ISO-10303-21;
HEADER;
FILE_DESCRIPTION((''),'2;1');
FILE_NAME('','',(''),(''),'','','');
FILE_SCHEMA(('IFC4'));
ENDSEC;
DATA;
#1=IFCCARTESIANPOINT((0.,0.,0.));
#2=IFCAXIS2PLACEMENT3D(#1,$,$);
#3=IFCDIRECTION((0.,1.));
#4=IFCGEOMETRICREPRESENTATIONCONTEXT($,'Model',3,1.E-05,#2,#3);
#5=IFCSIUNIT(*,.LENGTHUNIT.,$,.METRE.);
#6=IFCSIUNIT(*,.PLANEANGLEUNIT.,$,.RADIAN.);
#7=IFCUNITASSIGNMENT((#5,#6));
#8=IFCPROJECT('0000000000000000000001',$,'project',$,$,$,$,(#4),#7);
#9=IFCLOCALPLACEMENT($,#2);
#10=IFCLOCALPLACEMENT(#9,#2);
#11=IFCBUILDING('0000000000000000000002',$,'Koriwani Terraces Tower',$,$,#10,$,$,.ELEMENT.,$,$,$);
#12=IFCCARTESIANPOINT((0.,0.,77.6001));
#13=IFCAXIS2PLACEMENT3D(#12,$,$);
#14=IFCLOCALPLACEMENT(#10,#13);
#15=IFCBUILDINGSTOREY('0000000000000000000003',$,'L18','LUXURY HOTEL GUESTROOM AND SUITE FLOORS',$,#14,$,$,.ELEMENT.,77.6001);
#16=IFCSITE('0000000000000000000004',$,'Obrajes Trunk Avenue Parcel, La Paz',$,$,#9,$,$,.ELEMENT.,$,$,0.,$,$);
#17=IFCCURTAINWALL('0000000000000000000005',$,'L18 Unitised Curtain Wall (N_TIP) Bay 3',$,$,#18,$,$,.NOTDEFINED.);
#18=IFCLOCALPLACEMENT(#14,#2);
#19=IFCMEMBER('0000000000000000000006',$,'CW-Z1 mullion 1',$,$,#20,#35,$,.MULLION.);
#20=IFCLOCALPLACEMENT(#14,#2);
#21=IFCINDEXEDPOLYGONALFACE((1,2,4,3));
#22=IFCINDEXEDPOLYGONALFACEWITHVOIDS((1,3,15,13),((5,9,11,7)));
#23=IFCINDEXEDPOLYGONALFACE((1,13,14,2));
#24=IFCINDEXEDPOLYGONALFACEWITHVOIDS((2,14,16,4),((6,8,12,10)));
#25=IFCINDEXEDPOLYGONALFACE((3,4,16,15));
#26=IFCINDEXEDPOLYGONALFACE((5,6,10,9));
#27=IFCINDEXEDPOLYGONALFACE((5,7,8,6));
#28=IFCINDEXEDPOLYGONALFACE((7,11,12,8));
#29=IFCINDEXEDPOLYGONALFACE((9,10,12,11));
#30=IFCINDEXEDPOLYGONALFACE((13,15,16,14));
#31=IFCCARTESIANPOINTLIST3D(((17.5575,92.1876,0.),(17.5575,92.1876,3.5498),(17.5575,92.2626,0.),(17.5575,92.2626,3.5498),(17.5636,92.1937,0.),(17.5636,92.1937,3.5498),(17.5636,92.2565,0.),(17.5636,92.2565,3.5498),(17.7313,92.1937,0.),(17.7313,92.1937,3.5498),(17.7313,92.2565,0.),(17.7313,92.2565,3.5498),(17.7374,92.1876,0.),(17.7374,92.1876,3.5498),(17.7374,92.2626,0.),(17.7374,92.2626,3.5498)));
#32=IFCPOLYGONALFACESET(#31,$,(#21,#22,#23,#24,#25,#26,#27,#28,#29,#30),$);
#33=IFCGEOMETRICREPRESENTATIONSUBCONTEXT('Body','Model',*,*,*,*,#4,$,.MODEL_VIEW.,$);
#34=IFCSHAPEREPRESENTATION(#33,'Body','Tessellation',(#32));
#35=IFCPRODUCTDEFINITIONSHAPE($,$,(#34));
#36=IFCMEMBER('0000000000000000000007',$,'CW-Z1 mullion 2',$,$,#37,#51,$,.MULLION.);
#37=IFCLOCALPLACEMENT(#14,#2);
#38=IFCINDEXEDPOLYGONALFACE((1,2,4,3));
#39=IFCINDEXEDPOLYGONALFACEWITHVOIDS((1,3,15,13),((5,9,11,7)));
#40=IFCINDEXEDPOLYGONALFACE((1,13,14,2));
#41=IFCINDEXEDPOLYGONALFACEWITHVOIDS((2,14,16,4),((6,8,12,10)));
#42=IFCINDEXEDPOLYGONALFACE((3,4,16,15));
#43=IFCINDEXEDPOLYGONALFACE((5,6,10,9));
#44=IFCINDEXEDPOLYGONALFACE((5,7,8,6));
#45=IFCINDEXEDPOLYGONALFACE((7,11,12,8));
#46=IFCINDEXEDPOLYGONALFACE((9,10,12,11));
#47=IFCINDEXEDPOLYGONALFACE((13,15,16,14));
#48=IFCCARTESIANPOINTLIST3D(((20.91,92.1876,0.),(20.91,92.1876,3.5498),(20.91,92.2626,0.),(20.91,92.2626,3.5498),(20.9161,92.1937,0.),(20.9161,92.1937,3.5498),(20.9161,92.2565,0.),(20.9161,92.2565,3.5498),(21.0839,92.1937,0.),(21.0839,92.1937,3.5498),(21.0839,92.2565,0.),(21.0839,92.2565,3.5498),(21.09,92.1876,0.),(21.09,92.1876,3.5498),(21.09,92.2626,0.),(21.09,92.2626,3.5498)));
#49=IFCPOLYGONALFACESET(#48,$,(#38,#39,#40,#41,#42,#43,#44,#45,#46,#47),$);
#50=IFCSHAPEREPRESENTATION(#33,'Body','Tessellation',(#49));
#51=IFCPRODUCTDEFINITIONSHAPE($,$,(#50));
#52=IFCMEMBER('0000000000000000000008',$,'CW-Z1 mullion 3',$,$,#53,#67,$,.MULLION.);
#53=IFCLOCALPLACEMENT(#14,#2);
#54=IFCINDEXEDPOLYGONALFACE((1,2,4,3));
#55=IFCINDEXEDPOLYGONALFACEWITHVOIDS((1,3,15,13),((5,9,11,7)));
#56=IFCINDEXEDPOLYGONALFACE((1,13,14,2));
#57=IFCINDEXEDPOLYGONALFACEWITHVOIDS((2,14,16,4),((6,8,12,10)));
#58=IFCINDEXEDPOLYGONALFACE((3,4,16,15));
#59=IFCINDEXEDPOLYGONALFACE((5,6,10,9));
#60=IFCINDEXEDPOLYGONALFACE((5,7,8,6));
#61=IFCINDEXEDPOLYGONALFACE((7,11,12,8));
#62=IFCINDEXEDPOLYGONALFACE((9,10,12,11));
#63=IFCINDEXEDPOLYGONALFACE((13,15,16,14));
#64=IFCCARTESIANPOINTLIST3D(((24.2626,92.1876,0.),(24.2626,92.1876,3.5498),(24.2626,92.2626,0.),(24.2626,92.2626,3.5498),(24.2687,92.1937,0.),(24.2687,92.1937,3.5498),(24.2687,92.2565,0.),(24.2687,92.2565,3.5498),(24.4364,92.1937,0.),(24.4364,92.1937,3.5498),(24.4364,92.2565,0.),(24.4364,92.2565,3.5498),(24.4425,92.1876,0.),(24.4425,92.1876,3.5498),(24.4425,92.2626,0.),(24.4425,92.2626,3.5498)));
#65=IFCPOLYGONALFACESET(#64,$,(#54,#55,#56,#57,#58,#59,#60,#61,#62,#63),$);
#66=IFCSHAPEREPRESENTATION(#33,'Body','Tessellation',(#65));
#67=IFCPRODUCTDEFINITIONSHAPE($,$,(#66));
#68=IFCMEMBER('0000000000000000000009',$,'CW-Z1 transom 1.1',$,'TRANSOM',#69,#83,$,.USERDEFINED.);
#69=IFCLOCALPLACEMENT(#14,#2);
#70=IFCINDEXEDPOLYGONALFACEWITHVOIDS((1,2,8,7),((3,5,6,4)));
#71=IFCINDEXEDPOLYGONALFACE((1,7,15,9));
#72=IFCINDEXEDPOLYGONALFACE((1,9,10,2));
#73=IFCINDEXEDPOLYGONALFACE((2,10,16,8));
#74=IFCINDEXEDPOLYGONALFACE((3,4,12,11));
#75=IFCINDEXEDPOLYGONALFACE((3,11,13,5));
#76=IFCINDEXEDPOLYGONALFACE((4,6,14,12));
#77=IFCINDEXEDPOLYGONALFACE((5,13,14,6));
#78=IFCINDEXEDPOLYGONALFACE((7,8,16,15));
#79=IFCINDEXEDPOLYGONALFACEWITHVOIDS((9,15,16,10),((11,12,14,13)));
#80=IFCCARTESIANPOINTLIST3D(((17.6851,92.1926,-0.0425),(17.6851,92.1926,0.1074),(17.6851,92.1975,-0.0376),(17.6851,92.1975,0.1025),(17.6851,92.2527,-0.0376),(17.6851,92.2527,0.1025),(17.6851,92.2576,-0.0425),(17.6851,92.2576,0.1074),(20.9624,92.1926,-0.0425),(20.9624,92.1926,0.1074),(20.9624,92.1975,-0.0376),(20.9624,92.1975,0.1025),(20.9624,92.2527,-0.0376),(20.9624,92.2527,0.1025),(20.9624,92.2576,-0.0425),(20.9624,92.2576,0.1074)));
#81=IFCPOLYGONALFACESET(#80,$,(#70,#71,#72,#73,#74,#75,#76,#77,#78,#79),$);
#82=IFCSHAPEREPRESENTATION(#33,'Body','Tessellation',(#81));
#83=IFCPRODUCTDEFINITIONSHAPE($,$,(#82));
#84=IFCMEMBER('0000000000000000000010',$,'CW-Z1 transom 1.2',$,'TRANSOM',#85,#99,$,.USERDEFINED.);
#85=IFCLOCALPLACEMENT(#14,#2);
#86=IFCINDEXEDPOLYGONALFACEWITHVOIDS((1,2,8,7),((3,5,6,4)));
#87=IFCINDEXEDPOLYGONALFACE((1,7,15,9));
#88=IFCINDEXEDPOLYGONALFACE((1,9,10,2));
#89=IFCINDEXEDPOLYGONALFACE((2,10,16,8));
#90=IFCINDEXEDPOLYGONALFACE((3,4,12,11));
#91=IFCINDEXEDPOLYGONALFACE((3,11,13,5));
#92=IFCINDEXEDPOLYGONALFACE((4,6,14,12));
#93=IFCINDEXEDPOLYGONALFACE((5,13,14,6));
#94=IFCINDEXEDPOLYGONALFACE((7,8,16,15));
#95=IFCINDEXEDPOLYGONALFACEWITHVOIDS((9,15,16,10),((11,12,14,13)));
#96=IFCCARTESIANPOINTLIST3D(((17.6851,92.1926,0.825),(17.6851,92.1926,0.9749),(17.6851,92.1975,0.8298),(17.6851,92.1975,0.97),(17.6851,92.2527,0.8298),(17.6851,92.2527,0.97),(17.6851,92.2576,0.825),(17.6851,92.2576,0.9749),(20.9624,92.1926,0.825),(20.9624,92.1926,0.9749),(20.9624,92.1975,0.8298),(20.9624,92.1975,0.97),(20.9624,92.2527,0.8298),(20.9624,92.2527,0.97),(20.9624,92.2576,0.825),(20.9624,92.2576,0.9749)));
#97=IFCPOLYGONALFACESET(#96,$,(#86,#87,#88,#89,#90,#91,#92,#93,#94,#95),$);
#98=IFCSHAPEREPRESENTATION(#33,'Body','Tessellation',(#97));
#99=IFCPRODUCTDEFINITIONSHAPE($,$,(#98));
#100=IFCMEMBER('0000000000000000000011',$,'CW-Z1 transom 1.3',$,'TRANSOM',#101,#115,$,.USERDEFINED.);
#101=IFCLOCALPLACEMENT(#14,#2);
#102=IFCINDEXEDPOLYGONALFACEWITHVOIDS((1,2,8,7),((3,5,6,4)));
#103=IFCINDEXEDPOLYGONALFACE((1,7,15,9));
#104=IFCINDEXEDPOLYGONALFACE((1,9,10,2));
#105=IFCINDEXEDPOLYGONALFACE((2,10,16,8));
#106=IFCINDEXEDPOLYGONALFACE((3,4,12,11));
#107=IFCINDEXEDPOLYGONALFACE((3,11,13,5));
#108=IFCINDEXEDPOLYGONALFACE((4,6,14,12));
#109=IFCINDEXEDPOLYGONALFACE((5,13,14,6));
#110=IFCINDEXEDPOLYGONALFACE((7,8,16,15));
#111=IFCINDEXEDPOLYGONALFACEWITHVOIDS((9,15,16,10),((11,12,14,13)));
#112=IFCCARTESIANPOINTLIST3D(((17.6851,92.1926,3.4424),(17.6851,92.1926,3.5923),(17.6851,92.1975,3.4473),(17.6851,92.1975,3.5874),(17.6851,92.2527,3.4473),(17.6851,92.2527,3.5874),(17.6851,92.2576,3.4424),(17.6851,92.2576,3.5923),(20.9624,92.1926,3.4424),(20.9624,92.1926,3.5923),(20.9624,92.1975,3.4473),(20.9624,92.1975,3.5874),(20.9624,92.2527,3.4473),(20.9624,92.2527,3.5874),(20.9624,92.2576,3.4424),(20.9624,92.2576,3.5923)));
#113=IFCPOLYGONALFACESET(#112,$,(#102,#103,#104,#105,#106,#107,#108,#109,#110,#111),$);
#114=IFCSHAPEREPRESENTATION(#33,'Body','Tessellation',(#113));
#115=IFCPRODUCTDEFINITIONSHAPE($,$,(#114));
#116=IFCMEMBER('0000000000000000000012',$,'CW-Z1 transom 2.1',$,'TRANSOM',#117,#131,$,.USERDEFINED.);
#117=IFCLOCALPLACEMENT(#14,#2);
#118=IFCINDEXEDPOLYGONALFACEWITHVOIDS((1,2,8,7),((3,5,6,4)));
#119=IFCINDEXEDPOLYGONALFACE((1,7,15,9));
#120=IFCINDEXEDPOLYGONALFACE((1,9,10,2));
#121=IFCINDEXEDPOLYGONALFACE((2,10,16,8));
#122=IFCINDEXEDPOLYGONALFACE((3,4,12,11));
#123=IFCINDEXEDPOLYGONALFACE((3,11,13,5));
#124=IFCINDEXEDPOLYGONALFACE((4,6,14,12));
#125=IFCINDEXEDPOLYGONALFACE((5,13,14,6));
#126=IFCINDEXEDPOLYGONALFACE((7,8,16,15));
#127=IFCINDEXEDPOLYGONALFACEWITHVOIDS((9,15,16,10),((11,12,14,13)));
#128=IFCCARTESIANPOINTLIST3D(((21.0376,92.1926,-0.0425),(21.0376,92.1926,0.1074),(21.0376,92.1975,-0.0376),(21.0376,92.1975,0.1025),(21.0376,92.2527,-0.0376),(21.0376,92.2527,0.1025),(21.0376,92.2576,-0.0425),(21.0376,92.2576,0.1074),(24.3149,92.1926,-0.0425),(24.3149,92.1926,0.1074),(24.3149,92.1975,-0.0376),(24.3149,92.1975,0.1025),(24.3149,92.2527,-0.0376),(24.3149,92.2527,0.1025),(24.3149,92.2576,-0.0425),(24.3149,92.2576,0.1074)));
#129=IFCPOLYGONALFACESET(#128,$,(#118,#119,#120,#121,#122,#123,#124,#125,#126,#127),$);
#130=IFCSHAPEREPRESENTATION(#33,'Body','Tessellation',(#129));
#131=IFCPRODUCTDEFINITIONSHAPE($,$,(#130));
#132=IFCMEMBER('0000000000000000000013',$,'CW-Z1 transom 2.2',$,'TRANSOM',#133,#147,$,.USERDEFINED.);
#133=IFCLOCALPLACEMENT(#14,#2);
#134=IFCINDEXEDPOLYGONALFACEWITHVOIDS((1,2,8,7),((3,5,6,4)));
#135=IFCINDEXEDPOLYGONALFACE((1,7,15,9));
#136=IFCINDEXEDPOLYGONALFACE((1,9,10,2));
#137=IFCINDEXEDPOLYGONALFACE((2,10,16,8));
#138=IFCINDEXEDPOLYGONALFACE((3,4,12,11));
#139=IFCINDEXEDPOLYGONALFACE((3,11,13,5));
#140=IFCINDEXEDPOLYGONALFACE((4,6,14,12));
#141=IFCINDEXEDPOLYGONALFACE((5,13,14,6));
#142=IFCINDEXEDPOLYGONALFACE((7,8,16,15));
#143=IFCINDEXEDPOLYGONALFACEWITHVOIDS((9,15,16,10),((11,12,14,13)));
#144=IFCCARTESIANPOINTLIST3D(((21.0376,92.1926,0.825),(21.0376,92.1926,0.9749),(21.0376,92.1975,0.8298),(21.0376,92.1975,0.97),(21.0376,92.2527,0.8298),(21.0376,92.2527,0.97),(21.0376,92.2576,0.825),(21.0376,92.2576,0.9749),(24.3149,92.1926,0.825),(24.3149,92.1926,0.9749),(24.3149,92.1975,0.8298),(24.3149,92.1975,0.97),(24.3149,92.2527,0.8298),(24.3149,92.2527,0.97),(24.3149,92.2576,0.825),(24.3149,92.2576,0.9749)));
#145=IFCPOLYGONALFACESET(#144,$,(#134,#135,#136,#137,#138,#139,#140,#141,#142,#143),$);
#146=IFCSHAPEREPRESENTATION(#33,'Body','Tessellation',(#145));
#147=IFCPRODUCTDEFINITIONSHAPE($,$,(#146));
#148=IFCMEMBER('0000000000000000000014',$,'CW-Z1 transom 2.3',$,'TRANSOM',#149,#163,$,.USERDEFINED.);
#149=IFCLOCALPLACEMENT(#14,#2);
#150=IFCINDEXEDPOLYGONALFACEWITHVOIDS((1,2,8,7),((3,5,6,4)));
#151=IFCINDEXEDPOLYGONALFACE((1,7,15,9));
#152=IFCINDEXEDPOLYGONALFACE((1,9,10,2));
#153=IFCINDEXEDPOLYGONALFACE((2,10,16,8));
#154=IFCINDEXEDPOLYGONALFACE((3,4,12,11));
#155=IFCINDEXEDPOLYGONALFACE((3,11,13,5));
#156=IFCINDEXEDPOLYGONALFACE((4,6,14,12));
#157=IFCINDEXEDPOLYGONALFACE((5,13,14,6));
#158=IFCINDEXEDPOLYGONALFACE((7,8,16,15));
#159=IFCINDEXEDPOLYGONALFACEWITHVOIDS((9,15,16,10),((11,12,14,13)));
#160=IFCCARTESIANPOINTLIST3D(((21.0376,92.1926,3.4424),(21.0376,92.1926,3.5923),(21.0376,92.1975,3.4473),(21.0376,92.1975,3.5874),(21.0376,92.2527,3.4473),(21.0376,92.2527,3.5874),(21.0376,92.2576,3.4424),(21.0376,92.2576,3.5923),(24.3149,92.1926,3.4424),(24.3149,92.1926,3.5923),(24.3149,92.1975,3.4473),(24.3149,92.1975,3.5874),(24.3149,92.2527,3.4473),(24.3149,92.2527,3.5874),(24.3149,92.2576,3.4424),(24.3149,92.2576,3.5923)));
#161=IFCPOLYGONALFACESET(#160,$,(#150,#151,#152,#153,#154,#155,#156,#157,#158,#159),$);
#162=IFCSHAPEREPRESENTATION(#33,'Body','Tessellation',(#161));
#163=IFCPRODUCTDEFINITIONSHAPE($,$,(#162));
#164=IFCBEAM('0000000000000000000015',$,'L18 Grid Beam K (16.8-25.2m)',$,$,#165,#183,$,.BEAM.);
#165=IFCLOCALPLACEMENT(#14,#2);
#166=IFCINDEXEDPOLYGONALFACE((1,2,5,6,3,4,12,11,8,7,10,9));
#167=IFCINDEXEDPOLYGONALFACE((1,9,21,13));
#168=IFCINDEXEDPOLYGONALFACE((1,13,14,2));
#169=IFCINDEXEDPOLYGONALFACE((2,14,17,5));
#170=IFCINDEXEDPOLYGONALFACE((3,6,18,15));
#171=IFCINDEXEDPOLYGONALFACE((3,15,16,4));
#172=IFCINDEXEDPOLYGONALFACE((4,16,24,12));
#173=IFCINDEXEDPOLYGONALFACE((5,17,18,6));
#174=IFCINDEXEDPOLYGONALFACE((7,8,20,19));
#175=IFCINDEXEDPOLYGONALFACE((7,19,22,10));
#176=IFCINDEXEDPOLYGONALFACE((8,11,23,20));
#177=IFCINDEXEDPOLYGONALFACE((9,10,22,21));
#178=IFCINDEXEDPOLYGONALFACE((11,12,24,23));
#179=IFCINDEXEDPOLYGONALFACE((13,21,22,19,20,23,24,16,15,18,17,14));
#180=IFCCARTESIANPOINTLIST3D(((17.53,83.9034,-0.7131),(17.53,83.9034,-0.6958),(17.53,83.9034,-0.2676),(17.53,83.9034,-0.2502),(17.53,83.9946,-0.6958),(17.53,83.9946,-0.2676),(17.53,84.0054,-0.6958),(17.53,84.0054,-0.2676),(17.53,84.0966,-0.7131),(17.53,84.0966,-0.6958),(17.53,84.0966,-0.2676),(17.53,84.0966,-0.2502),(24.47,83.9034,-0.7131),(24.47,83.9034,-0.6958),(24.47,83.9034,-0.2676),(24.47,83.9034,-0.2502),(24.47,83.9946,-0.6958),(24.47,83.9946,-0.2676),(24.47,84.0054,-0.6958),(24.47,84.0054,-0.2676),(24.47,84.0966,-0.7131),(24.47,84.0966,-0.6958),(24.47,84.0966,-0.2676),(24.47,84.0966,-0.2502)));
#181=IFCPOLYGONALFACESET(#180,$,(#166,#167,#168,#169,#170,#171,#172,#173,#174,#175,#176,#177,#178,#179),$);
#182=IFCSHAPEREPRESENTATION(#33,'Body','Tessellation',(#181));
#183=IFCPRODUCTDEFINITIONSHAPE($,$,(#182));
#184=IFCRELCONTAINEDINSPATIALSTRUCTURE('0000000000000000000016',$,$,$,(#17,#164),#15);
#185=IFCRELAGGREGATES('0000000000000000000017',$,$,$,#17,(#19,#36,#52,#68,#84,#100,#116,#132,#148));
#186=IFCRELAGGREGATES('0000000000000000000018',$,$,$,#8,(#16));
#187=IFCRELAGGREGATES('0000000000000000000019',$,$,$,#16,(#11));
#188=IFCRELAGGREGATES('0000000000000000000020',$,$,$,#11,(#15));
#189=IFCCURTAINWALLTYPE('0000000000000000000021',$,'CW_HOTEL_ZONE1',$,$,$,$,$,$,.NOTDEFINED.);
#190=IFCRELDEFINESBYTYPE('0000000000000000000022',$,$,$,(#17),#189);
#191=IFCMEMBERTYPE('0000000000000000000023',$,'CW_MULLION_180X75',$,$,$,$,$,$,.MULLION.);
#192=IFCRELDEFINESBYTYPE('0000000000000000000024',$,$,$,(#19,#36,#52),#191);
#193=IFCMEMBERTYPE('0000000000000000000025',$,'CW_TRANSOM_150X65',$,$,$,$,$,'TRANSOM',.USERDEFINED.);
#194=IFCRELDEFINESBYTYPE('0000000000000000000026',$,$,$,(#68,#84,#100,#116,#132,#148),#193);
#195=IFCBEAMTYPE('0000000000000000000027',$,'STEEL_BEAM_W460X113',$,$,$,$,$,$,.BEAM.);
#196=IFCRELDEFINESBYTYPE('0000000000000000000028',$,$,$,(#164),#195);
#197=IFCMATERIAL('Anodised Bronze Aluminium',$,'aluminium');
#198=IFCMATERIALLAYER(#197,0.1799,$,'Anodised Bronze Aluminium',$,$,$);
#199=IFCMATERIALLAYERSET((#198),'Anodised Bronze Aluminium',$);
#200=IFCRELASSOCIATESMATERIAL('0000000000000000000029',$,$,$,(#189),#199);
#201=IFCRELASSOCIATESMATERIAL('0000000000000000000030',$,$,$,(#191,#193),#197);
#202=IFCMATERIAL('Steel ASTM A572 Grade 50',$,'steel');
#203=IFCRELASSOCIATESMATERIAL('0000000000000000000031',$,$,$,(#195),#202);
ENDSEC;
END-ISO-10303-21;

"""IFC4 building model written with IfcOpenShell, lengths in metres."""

from ifc_helpers import new_model, si_unit, direction, frame, origin, origin_2d, place, context, subcontext, project, spatial, hollow_rectangle, i_section, extrude, material, layer, layer_set, material_profile, profile_set, type_object, element, aggregate, save


model = new_model("IFC4")

# Units and contexts
model_context = context("Model", 3, precision=1e-05, world=origin(), true_north=direction((0.0, 1.0)))
body_context = subcontext(model_context, "Body", "Model", "MODEL_VIEW")
ifc_project = project(units=[si_unit("LENGTHUNIT", "METRE"), si_unit("PLANEANGLEUNIT", "RADIAN")], contexts=[model_context])

# Site, building, storey
site_placement = place(None, origin())
site = spatial("IfcSite", under=ifc_project, at=site_placement, Name="Obrajes Trunk Avenue Parcel, La Paz", CompositionType="ELEMENT", RefElevation=0.0)
building_placement = place(site_placement, origin())
building = spatial("IfcBuilding", under=site, at=building_placement, Name="Koriwani Terraces Tower", CompositionType="ELEMENT")
storey_placement = place(building_placement, frame((0.0, 0.0, 77.6001)))
storey = spatial("IfcBuildingStorey", under=building, at=storey_placement, Name="L18", Description="LUXURY HOTEL GUESTROOM AND SUITE FLOORS", CompositionType="ELEMENT", Elevation=77.6001)

# Curtain wall, members
ifc_material_1 = material(Name="Anodised Bronze Aluminium", Category="aluminium")
ifc_layer_1 = layer(ifc_material_1, 0.1799, Name="Anodised Bronze Aluminium")
ifc_layer_set_1 = layer_set([ifc_layer_1], Name="Anodised Bronze Aluminium")
curtain_wall_type = type_object("IfcCurtainWallType", Name="CW_HOTEL_ZONE1", PredefinedType="NOTDEFINED", material=ifc_layer_set_1)
curtain_wall_placement = place(storey_placement, origin())
curtain_wall = element("IfcCurtainWall", 1, at=curtain_wall_placement, inside=storey, type_object=curtain_wall_type, Name="L18 Unitised Curtain Wall (N_TIP) Bay 3", PredefinedType="NOTDEFINED")
ifc_material_profile_1 = material_profile(ifc_material_1, hollow_rectangle(XDim=0.075, YDim=0.1799, WallThickness=0.0061, at=origin_2d()), Name="Anodised Bronze Aluminium", Category="LoadBearing")
ifc_profile_set_1 = profile_set([ifc_material_profile_1], Name="Anodised Bronze Aluminium")
member_type_1 = type_object("IfcMemberType", Name="CW_MULLION_180X75", PredefinedType="MULLION", material=ifc_profile_set_1)
member_1_placement = place(storey_placement, frame((17.6475, 92.2251, 0.0), z_axis=(0.0, 0.0, 1.0), x_axis=(0.0, 1.0, 0.0)))
member_1 = element("IfcMember", 2, at=member_1_placement, type_object=member_type_1, Name="CW-Z1 mullion 1", PredefinedType="MULLION", context=body_context, shape_type="SweptSolid", body=[
    extrude(hollow_rectangle(XDim=0.075, YDim=0.1799, WallThickness=0.0061, at=origin_2d()), origin(), (0.0, 0.0, 1.0), 3.5498),
])
member_2_placement = place(storey_placement, frame((21.0, 92.2251, 0.0), z_axis=(0.0, 0.0, 1.0), x_axis=(0.0, 1.0, 0.0)))
member_2 = element("IfcMember", 3, at=member_2_placement, type_object=member_type_1, Name="CW-Z1 mullion 2", PredefinedType="MULLION", context=body_context, shape_type="SweptSolid", body=[
    extrude(hollow_rectangle(XDim=0.075, YDim=0.1799, WallThickness=0.0061, at=origin_2d()), origin(), (0.0, 0.0, 1.0), 3.5498),
])
member_3_placement = place(storey_placement, frame((24.3525, 92.2251, 0.0), z_axis=(0.0, 0.0, 1.0), x_axis=(0.0, 1.0, 0.0)))
member_3 = element("IfcMember", 4, at=member_3_placement, type_object=member_type_1, Name="CW-Z1 mullion 3", PredefinedType="MULLION", context=body_context, shape_type="SweptSolid", body=[
    extrude(hollow_rectangle(XDim=0.075, YDim=0.1799, WallThickness=0.0061, at=origin_2d()), origin(), (0.0, 0.0, 1.0), 3.5498),
])
ifc_material_profile_2 = material_profile(ifc_material_1, hollow_rectangle(XDim=0.0649, YDim=0.1499, WallThickness=0.0049, at=origin_2d()), Name="Anodised Bronze Aluminium", Category="LoadBearing")
ifc_profile_set_2 = profile_set([ifc_material_profile_2], Name="Anodised Bronze Aluminium")
member_type_2 = type_object("IfcMemberType", Name="CW_TRANSOM_150X65", ElementType="TRANSOM", PredefinedType="USERDEFINED", material=ifc_profile_set_2)
member_4_placement = place(storey_placement, frame((17.6851, 92.2251, 0.0325), z_axis=(1.0, 0.0, 0.0), x_axis=(0.0, 1.0, 0.0)))
member_4 = element("IfcMember", 5, at=member_4_placement, type_object=member_type_2, Name="CW-Z1 transom 1.1", ObjectType="TRANSOM", PredefinedType="USERDEFINED", context=body_context, shape_type="SweptSolid", body=[
    extrude(hollow_rectangle(XDim=0.0649, YDim=0.1499, WallThickness=0.0049, at=origin_2d()), origin(), (0.0, 0.0, 1.0), 3.2773),
])
member_5_placement = place(storey_placement, frame((17.6851, 92.2251, 0.8999), z_axis=(1.0, 0.0, 0.0), x_axis=(0.0, 1.0, 0.0)))
member_5 = element("IfcMember", 6, at=member_5_placement, type_object=member_type_2, Name="CW-Z1 transom 1.2", ObjectType="TRANSOM", PredefinedType="USERDEFINED", context=body_context, shape_type="SweptSolid", body=[
    extrude(hollow_rectangle(XDim=0.0649, YDim=0.1499, WallThickness=0.0049, at=origin_2d()), origin(), (0.0, 0.0, 1.0), 3.2773),
])
member_6_placement = place(storey_placement, frame((17.6851, 92.2251, 3.5173), z_axis=(1.0, 0.0, 0.0), x_axis=(0.0, 1.0, 0.0)))
member_6 = element("IfcMember", 7, at=member_6_placement, type_object=member_type_2, Name="CW-Z1 transom 1.3", ObjectType="TRANSOM", PredefinedType="USERDEFINED", context=body_context, shape_type="SweptSolid", body=[
    extrude(hollow_rectangle(XDim=0.0649, YDim=0.1499, WallThickness=0.0049, at=origin_2d()), origin(), (0.0, 0.0, 1.0), 3.2773),
])
member_7_placement = place(storey_placement, frame((21.0376, 92.2251, 0.0325), z_axis=(1.0, 0.0, 0.0), x_axis=(0.0, 1.0, 0.0)))
member_7 = element("IfcMember", 8, at=member_7_placement, type_object=member_type_2, Name="CW-Z1 transom 2.1", ObjectType="TRANSOM", PredefinedType="USERDEFINED", context=body_context, shape_type="SweptSolid", body=[
    extrude(hollow_rectangle(XDim=0.0649, YDim=0.1499, WallThickness=0.0049, at=origin_2d()), origin(), (0.0, 0.0, 1.0), 3.2773),
])
member_8_placement = place(storey_placement, frame((21.0376, 92.2251, 0.8999), z_axis=(1.0, 0.0, 0.0), x_axis=(0.0, 1.0, 0.0)))
member_8 = element("IfcMember", 9, at=member_8_placement, type_object=member_type_2, Name="CW-Z1 transom 2.2", ObjectType="TRANSOM", PredefinedType="USERDEFINED", context=body_context, shape_type="SweptSolid", body=[
    extrude(hollow_rectangle(XDim=0.0649, YDim=0.1499, WallThickness=0.0049, at=origin_2d()), origin(), (0.0, 0.0, 1.0), 3.2773),
])
member_9_placement = place(storey_placement, frame((21.0376, 92.2251, 3.5173), z_axis=(1.0, 0.0, 0.0), x_axis=(0.0, 1.0, 0.0)))
member_9 = element("IfcMember", 10, at=member_9_placement, type_object=member_type_2, Name="CW-Z1 transom 2.3", ObjectType="TRANSOM", PredefinedType="USERDEFINED", context=body_context, shape_type="SweptSolid", body=[
    extrude(hollow_rectangle(XDim=0.0649, YDim=0.1499, WallThickness=0.0049, at=origin_2d()), origin(), (0.0, 0.0, 1.0), 3.2773),
])

# Beam
ifc_material_2 = material(Name="Steel ASTM A572 Grade 50", Category="steel")
ifc_material_profile_3 = material_profile(ifc_material_2, i_section(OverallWidth=0.1931, OverallDepth=0.4629, WebThickness=0.0107, FlangeThickness=0.0173, at=origin_2d()), Name="Steel ASTM A572 Grade 50", Category="LoadBearing")
ifc_profile_set_3 = profile_set([ifc_material_profile_3], Name="Steel ASTM A572 Grade 50")
beam_type = type_object("IfcBeamType", Name="STEEL_BEAM_W460X113", PredefinedType="BEAM", material=ifc_profile_set_3)
beam_placement = place(storey_placement, frame((17.53, 84.0, -0.4817), z_axis=(1.0, 0.0, 0.0), x_axis=(0.0, 1.0, 0.0)))
element("IfcBeam", 11, at=beam_placement, inside=storey, type_object=beam_type, Name="L18 Grid Beam K (16.8-25.2m)", PredefinedType="BEAM", context=body_context, shape_type="SweptSolid", body=[
    extrude(i_section(OverallWidth=0.1931, OverallDepth=0.4629, WebThickness=0.0107, FlangeThickness=0.0173, at=origin_2d()), origin(), (0.0, 0.0, 1.0), 6.9399),
])

aggregate(curtain_wall, [member_1, member_2, member_3, member_4, member_5, member_6, member_7, member_8, member_9])

save(model, "model.ifc")
